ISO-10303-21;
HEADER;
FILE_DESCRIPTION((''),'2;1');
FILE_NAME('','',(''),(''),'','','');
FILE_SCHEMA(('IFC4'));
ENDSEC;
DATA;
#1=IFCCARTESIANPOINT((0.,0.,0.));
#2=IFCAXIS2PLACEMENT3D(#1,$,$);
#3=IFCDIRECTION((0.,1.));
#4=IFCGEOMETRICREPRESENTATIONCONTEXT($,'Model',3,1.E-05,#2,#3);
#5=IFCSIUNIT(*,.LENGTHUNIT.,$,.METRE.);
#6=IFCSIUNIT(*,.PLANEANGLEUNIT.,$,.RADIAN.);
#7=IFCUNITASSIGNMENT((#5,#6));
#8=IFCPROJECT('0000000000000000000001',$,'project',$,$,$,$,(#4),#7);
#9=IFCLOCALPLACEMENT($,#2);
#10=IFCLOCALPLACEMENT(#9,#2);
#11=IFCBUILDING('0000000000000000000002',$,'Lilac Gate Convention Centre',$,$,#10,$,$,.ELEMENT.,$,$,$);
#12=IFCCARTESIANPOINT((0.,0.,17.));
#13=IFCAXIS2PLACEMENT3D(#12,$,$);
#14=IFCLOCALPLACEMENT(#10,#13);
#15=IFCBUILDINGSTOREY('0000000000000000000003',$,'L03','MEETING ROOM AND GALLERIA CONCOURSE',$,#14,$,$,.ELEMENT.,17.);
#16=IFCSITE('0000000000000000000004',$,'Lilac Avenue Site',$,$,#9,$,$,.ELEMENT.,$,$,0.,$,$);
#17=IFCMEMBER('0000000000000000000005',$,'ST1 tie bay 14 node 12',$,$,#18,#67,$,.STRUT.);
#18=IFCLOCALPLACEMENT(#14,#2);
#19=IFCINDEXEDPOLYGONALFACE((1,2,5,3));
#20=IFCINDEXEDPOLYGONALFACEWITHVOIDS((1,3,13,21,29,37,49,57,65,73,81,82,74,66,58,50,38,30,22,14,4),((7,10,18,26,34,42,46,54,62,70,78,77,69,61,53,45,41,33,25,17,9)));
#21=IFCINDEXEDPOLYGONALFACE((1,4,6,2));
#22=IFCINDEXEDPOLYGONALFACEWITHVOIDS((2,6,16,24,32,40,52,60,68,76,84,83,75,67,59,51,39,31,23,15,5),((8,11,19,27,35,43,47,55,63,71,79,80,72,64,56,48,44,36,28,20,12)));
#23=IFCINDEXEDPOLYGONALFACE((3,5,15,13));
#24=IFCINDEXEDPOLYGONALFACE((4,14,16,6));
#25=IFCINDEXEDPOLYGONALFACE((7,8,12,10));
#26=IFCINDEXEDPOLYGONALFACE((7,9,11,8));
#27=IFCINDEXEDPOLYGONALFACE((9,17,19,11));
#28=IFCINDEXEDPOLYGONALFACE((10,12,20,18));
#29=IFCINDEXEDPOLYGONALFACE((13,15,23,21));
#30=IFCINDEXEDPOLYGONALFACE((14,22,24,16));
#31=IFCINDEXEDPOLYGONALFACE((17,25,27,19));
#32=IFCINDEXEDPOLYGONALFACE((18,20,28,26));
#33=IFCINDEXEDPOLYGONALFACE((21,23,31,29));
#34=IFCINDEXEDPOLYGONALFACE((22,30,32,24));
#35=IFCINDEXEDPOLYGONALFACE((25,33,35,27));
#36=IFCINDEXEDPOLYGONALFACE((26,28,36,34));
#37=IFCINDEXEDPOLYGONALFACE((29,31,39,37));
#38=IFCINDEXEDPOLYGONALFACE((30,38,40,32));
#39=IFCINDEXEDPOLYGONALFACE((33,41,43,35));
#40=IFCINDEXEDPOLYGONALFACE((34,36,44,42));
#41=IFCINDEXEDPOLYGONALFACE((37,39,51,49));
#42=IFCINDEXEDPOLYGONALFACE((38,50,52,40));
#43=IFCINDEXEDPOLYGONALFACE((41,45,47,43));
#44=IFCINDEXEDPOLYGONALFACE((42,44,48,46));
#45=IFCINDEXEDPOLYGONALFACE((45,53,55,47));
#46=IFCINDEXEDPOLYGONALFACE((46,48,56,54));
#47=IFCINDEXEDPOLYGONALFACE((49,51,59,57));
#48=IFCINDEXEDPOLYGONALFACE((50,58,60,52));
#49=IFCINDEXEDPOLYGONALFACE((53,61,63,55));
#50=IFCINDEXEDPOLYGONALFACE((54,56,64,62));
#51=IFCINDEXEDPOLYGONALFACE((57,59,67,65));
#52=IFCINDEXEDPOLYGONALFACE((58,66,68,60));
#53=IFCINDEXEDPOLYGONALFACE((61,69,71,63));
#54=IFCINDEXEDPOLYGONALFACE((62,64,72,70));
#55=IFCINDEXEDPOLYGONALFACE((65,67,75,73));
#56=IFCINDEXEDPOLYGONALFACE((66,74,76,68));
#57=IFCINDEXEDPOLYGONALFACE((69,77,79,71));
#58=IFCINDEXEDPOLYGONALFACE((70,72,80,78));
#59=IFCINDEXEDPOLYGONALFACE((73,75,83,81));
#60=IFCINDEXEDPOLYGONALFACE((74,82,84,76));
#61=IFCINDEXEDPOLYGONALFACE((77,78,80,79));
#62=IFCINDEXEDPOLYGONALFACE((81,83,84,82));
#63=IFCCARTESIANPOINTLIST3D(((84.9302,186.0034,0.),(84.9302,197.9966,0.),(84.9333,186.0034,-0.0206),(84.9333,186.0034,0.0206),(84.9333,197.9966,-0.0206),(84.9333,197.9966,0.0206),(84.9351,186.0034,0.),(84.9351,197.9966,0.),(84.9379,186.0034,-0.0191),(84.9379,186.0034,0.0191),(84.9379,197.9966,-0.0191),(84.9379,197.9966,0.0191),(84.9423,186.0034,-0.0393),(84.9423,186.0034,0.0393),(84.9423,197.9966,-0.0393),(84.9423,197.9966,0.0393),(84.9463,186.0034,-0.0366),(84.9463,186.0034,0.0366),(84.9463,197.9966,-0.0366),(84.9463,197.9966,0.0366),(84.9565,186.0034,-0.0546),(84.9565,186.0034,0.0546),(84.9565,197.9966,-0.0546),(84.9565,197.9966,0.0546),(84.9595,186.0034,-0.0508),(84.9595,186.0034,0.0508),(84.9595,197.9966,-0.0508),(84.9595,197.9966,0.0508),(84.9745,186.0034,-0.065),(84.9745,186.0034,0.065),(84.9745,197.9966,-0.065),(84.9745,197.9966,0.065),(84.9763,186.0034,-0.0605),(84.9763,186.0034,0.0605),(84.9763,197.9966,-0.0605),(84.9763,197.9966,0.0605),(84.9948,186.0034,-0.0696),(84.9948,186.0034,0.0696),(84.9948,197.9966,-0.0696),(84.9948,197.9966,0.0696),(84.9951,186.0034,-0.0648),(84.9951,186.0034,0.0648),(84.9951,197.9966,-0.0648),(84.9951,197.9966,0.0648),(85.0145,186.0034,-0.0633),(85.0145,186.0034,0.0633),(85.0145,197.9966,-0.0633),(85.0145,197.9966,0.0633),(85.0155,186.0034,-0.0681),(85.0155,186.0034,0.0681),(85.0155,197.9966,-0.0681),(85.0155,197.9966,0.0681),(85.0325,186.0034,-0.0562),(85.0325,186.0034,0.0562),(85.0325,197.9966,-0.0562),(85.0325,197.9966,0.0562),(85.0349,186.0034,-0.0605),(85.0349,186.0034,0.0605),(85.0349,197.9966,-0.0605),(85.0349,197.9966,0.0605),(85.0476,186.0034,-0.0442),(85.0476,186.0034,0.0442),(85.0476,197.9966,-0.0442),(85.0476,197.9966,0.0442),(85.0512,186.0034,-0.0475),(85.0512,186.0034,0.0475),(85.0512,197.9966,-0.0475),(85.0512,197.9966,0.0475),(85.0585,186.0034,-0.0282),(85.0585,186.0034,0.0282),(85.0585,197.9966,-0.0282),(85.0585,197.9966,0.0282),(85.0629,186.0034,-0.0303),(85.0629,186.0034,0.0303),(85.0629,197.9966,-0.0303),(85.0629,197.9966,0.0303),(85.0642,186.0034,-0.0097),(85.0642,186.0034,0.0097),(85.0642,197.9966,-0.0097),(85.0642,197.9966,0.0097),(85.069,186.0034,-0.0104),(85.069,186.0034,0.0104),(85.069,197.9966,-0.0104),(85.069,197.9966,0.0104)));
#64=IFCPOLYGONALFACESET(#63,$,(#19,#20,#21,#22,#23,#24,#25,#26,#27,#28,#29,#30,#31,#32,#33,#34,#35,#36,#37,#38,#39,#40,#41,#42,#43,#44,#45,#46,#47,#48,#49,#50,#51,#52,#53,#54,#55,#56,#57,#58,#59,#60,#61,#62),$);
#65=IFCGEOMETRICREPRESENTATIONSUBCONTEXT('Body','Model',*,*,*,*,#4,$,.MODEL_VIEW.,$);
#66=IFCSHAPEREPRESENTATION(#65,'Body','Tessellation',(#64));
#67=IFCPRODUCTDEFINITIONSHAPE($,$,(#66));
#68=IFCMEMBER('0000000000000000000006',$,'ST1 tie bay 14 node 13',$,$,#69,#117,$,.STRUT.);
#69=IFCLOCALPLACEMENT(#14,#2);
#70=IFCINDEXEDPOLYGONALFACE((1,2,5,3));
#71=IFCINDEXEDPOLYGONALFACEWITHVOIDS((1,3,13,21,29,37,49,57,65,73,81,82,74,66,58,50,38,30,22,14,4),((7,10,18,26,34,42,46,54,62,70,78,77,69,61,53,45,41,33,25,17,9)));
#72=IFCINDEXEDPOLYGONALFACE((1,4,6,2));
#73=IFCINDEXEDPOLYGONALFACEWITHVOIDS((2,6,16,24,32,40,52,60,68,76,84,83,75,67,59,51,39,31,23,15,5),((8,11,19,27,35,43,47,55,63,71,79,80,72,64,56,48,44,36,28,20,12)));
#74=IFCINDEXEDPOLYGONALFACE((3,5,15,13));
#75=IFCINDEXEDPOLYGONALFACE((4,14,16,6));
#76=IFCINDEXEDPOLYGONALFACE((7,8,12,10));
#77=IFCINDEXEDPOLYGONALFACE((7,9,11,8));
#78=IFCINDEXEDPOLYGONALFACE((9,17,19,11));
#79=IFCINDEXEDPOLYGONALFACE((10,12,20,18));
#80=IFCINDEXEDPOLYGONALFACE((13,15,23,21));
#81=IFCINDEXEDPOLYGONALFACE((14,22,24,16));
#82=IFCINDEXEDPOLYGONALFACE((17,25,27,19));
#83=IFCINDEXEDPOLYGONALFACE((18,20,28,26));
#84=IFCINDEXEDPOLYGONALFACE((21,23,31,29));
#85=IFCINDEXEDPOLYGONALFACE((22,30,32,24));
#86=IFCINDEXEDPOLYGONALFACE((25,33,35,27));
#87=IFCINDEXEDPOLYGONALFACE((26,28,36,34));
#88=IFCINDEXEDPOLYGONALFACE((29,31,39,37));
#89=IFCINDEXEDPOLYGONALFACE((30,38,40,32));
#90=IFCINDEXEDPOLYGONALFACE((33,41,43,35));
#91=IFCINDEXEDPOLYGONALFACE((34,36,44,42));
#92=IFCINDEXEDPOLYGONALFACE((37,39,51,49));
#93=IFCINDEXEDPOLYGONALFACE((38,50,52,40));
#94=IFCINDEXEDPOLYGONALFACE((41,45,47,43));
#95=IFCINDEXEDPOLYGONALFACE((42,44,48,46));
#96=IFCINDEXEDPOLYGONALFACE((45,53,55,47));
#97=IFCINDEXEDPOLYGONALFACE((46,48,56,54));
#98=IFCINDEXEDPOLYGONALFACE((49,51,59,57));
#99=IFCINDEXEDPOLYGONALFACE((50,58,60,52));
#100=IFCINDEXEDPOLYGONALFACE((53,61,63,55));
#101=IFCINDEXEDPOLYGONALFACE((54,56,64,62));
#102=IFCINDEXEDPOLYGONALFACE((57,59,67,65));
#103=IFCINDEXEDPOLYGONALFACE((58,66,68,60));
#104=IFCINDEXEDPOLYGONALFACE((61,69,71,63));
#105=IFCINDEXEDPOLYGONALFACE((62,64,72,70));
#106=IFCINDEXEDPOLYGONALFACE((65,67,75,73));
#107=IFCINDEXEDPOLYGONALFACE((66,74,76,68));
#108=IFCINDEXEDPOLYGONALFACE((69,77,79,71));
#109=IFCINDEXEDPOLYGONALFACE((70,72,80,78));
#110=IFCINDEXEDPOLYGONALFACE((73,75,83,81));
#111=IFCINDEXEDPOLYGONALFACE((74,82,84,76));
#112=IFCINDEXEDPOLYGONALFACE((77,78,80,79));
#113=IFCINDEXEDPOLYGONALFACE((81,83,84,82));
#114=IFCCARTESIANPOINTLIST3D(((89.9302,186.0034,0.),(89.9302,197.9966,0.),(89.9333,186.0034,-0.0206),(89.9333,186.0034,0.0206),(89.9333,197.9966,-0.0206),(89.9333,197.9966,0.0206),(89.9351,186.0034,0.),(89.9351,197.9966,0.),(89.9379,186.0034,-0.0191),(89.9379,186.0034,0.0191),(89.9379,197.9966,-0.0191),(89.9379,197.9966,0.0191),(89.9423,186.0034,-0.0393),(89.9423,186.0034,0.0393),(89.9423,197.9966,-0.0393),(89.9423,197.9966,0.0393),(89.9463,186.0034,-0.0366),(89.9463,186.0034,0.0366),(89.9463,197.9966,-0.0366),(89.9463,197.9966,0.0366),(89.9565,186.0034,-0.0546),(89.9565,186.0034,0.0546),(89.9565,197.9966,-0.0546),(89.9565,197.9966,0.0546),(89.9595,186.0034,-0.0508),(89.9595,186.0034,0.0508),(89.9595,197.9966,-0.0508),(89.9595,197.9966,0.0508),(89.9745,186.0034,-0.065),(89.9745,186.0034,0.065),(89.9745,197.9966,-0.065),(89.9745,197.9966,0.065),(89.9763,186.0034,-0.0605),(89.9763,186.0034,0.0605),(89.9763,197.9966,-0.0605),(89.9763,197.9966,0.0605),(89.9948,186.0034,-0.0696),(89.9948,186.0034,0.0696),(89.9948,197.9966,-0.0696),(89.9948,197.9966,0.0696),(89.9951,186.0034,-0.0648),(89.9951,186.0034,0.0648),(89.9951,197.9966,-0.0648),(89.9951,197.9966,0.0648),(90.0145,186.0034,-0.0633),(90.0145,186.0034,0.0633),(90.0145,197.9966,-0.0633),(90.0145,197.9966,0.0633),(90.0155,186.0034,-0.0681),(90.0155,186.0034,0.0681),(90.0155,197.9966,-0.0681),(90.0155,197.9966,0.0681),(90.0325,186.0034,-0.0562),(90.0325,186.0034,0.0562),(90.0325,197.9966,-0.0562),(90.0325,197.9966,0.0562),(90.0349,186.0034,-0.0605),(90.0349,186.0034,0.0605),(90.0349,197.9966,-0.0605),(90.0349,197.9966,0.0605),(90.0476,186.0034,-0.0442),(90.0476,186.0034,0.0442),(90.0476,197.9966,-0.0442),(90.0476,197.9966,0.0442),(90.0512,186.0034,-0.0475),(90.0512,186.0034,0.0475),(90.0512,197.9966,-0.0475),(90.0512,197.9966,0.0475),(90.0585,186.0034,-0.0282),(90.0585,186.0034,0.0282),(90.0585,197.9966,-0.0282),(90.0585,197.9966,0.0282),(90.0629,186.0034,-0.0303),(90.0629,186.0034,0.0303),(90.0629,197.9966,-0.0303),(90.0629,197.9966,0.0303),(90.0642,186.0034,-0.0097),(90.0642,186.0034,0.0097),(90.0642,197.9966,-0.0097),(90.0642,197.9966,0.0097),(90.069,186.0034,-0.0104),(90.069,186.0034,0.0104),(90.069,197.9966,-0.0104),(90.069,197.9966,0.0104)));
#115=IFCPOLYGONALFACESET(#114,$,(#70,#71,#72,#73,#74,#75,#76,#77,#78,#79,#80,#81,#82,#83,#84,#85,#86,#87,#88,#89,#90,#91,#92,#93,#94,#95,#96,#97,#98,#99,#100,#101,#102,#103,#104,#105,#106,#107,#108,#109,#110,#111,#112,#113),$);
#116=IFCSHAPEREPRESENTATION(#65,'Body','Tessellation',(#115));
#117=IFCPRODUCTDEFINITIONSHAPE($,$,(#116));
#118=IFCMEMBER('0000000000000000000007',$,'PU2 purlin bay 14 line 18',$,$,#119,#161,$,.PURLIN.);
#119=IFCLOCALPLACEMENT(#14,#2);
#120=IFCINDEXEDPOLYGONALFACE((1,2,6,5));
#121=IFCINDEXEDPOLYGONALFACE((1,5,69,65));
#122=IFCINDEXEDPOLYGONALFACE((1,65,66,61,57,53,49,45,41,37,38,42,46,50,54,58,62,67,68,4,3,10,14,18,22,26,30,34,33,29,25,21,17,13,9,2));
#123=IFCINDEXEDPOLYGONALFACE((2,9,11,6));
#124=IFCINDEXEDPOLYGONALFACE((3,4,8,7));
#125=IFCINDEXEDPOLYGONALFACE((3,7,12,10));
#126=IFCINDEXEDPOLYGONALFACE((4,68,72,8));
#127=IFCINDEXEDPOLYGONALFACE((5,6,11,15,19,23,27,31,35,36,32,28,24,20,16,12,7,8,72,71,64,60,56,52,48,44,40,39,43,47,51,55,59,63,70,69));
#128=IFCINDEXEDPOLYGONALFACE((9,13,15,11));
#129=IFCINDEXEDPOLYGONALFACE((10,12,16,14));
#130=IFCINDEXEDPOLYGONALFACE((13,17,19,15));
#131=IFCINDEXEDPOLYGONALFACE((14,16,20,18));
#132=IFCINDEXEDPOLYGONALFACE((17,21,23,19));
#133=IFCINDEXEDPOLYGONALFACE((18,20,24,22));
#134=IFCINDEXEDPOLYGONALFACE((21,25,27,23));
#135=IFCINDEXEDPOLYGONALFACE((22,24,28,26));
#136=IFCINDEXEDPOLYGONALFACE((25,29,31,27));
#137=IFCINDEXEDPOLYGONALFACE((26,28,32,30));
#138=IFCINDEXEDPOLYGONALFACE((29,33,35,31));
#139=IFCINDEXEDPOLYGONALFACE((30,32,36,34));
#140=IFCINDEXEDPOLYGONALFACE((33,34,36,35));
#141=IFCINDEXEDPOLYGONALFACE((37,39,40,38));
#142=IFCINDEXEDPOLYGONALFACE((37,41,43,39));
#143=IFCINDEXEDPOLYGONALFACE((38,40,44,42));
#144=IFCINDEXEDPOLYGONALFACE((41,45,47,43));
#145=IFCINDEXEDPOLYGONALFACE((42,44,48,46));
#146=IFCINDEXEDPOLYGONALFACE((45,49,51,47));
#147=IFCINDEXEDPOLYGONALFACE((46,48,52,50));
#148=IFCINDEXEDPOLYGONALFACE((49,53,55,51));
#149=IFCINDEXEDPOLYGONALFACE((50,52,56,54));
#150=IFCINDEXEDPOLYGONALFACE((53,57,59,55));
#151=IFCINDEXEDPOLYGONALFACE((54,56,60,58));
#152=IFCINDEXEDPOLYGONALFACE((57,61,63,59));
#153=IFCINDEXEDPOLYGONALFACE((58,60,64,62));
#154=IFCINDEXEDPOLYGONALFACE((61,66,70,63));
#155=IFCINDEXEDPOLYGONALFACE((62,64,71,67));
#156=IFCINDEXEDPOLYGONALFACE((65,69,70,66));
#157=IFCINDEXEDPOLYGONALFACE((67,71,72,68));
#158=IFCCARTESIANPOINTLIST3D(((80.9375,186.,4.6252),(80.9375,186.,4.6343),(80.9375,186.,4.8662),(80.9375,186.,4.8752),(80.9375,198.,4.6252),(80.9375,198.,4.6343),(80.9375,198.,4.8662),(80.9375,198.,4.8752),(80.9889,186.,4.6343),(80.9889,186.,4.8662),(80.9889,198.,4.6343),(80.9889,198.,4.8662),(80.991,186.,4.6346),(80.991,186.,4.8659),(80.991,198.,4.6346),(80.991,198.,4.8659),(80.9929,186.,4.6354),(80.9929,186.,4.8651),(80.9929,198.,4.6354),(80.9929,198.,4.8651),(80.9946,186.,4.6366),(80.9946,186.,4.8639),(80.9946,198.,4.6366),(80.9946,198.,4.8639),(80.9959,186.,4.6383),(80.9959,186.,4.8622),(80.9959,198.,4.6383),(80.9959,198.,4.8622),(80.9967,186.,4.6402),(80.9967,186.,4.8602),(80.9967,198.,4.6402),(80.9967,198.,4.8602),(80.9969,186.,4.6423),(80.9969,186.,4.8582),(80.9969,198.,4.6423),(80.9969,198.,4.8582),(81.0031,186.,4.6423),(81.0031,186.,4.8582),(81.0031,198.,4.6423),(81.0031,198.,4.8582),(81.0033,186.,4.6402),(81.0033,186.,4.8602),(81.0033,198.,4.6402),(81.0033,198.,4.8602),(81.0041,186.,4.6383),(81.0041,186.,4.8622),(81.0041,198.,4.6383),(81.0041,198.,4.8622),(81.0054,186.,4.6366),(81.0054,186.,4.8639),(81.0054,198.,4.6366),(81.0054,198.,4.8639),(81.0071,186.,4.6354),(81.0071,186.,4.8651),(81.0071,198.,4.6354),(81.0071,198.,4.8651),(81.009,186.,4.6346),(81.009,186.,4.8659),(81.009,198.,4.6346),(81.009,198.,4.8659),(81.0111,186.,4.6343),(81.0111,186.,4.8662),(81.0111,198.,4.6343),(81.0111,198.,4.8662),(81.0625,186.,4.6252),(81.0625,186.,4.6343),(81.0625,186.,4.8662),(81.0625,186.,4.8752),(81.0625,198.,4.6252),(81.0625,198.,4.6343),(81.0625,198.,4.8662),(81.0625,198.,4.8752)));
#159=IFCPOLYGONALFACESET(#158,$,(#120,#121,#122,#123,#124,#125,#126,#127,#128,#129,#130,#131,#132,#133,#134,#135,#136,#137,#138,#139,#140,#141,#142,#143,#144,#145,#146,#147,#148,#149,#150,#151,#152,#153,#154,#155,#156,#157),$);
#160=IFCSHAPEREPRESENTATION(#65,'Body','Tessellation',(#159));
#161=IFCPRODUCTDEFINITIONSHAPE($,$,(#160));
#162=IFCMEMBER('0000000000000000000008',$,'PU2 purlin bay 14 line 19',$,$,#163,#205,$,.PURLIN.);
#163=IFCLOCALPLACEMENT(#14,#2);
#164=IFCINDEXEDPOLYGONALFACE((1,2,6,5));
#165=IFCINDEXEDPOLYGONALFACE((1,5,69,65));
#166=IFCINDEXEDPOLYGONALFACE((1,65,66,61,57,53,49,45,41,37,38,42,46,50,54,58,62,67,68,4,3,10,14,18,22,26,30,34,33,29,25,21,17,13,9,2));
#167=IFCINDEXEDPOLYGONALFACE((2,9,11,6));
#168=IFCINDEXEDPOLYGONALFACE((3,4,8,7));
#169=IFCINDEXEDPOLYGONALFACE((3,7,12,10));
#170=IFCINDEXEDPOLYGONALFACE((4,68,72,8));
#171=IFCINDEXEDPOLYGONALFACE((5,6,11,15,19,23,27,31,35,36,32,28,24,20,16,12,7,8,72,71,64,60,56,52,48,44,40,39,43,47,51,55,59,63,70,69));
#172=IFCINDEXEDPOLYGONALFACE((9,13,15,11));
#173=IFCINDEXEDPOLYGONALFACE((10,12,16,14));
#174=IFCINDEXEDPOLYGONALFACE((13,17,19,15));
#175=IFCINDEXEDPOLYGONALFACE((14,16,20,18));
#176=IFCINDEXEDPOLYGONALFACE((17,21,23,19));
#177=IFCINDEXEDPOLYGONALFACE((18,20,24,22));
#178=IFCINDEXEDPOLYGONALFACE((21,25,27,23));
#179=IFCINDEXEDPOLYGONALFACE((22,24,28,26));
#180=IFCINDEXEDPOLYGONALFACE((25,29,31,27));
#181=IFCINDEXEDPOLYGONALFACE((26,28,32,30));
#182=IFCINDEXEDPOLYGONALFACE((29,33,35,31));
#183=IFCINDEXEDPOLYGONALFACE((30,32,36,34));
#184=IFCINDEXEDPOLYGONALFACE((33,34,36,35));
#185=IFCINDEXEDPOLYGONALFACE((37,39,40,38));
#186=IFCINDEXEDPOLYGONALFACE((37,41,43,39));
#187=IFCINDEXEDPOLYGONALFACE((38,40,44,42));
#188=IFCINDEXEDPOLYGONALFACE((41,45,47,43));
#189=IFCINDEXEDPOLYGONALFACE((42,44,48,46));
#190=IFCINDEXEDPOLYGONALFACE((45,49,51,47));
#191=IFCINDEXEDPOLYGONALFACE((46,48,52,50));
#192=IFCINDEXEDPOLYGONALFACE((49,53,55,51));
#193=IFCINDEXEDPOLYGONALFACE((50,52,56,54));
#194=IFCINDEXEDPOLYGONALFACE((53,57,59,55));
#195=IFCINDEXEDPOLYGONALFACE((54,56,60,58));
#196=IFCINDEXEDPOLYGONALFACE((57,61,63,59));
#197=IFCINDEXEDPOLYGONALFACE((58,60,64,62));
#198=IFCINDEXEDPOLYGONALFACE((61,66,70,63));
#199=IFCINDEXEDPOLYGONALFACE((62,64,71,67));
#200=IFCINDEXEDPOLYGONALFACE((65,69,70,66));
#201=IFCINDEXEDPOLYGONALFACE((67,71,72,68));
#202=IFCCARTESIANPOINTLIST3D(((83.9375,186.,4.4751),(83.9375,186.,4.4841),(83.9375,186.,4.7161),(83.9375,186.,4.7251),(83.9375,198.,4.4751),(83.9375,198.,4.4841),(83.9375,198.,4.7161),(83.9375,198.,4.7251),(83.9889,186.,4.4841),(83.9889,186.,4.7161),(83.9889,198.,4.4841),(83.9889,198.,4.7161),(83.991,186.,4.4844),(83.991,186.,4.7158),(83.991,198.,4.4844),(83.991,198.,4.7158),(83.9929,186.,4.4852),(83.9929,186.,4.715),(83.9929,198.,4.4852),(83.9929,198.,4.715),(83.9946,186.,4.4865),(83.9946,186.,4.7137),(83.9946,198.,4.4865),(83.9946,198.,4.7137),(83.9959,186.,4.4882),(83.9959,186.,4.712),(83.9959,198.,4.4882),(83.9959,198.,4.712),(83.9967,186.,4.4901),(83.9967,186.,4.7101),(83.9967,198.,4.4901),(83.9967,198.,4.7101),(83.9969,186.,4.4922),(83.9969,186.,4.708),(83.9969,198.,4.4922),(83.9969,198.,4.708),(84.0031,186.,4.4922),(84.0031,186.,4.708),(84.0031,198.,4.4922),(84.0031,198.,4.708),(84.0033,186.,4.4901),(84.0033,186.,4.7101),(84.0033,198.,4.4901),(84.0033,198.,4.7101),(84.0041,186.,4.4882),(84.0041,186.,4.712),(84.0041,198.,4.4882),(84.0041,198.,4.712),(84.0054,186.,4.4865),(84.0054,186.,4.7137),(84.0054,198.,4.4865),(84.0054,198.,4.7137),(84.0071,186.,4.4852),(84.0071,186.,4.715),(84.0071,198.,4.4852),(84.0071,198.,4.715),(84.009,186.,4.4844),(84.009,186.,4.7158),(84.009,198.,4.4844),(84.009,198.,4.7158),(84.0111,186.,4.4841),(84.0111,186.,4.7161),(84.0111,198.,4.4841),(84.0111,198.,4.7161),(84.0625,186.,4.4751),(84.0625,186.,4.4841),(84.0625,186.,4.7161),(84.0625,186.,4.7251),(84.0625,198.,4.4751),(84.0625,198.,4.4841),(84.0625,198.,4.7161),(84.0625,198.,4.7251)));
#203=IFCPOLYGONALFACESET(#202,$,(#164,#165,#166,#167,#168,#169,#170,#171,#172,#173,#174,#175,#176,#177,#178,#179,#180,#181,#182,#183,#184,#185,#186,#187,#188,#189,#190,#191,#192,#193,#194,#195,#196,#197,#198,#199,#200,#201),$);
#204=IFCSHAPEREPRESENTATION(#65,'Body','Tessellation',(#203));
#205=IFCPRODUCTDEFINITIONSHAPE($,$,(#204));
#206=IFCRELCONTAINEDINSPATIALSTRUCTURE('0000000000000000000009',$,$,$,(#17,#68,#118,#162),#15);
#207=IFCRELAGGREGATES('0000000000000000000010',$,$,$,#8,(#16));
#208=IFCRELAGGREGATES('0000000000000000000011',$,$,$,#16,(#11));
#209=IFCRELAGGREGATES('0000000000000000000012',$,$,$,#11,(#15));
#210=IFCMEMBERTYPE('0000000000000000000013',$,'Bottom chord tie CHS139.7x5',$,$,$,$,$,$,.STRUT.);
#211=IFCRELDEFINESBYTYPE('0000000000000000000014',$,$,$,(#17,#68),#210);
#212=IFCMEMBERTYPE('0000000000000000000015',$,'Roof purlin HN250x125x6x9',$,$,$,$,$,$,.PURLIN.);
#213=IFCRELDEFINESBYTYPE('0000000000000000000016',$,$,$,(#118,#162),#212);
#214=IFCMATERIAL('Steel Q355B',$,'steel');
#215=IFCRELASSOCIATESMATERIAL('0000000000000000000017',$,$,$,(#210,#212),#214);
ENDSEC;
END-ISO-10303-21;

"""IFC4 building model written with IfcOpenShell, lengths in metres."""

from ifc_helpers import new_model, si_unit, direction, frame, origin, origin_2d, place, context, subcontext, project, spatial, hollow_circle, i_section, extrude, material, material_profile, profile_set, type_object, element, save


model = new_model("IFC4")

# Units and contexts
model_context = context("Model", 3, precision=1e-05, world=origin(), true_north=direction((0.0, 1.0)))
body_context = subcontext(model_context, "Body", "Model", "MODEL_VIEW")
ifc_project = project(units=[si_unit("LENGTHUNIT", "METRE"), si_unit("PLANEANGLEUNIT", "RADIAN")], contexts=[model_context])

# Site, building, storey
site_placement = place(None, origin())
site = spatial("IfcSite", under=ifc_project, at=site_placement, Name="Lilac Avenue Site", CompositionType="ELEMENT", RefElevation=0.0)
building_placement = place(site_placement, origin())
building = spatial("IfcBuilding", under=site, at=building_placement, Name="Lilac Gate Convention Centre", CompositionType="ELEMENT")
storey_placement = place(building_placement, frame((0.0, 0.0, 17.0)))
storey = spatial("IfcBuildingStorey", under=building, at=storey_placement, Name="L03", Description="MEETING ROOM AND GALLERIA CONCOURSE", CompositionType="ELEMENT", Elevation=17.0)

# Members
ifc_material = material(Name="Steel Q355B", Category="steel")
ifc_material_profile_1 = material_profile(ifc_material, hollow_circle(Radius=0.0698, WallThickness=0.0049, at=origin_2d()), Name="CHS139.7x5")
ifc_profile_set_1 = profile_set([ifc_material_profile_1], Name="Steel Q355B")
member_type_1 = type_object("IfcMemberType", Name="Bottom chord tie CHS139.7x5", PredefinedType="STRUT", material=ifc_profile_set_1)
for number, where, z_axis, x_axis, name in (
    (1, (85.0, 186.0034, 0.0), (0.0, 1.0, 0.0), (-1.0, 0.0, 0.0), "ST1 tie bay 14 node 12"),
    (2, (90.0, 186.0034, 0.0), (0.0, 1.0, 0.0), (-1.0, 0.0, 0.0), "ST1 tie bay 14 node 13"),
):
    element("IfcMember", number, at=place(storey_placement, frame(where, z_axis=z_axis, x_axis=x_axis)), inside=storey, type_object=member_type_1, Name=name, PredefinedType="STRUT", context=body_context, shape_type="SweptSolid", body=[
        extrude(hollow_circle(Radius=0.0698, WallThickness=0.0049, at=origin_2d()), origin(), (0.0, 0.0, 1.0), 11.9932),
    ])
ifc_material_profile_2 = material_profile(ifc_material, i_section(OverallWidth=0.125, OverallDepth=0.25, WebThickness=0.0061, FlangeThickness=0.009, FilletRadius=0.0081, at=origin_2d()), Name="HN250x125x6x9")
ifc_profile_set_2 = profile_set([ifc_material_profile_2], Name="Steel Q355B")
member_type_2 = type_object("IfcMemberType", Name="Roof purlin HN250x125x6x9", PredefinedType="PURLIN", material=ifc_profile_set_2)
for number, where, z_axis, x_axis, name in (
    (3, (81.0, 186.0, 4.7502), (0.0, 1.0, 0.0), (-1.0, 0.0, 0.0), "PU2 purlin bay 14 line 18"),
    (4, (84.0, 186.0, 4.6001), (0.0, 1.0, 0.0), (-1.0, 0.0, 0.0), "PU2 purlin bay 14 line 19"),
):
    element("IfcMember", number, at=place(storey_placement, frame(where, z_axis=z_axis, x_axis=x_axis)), inside=storey, type_object=member_type_2, Name=name, PredefinedType="PURLIN", context=body_context, shape_type="SweptSolid", body=[
        extrude(i_section(OverallWidth=0.125, OverallDepth=0.25, WebThickness=0.0061, FlangeThickness=0.009, FilletRadius=0.0081, at=origin_2d()), origin(), (0.0, 0.0, 1.0), 12.0),
    ])

save(model, "model.ifc")
